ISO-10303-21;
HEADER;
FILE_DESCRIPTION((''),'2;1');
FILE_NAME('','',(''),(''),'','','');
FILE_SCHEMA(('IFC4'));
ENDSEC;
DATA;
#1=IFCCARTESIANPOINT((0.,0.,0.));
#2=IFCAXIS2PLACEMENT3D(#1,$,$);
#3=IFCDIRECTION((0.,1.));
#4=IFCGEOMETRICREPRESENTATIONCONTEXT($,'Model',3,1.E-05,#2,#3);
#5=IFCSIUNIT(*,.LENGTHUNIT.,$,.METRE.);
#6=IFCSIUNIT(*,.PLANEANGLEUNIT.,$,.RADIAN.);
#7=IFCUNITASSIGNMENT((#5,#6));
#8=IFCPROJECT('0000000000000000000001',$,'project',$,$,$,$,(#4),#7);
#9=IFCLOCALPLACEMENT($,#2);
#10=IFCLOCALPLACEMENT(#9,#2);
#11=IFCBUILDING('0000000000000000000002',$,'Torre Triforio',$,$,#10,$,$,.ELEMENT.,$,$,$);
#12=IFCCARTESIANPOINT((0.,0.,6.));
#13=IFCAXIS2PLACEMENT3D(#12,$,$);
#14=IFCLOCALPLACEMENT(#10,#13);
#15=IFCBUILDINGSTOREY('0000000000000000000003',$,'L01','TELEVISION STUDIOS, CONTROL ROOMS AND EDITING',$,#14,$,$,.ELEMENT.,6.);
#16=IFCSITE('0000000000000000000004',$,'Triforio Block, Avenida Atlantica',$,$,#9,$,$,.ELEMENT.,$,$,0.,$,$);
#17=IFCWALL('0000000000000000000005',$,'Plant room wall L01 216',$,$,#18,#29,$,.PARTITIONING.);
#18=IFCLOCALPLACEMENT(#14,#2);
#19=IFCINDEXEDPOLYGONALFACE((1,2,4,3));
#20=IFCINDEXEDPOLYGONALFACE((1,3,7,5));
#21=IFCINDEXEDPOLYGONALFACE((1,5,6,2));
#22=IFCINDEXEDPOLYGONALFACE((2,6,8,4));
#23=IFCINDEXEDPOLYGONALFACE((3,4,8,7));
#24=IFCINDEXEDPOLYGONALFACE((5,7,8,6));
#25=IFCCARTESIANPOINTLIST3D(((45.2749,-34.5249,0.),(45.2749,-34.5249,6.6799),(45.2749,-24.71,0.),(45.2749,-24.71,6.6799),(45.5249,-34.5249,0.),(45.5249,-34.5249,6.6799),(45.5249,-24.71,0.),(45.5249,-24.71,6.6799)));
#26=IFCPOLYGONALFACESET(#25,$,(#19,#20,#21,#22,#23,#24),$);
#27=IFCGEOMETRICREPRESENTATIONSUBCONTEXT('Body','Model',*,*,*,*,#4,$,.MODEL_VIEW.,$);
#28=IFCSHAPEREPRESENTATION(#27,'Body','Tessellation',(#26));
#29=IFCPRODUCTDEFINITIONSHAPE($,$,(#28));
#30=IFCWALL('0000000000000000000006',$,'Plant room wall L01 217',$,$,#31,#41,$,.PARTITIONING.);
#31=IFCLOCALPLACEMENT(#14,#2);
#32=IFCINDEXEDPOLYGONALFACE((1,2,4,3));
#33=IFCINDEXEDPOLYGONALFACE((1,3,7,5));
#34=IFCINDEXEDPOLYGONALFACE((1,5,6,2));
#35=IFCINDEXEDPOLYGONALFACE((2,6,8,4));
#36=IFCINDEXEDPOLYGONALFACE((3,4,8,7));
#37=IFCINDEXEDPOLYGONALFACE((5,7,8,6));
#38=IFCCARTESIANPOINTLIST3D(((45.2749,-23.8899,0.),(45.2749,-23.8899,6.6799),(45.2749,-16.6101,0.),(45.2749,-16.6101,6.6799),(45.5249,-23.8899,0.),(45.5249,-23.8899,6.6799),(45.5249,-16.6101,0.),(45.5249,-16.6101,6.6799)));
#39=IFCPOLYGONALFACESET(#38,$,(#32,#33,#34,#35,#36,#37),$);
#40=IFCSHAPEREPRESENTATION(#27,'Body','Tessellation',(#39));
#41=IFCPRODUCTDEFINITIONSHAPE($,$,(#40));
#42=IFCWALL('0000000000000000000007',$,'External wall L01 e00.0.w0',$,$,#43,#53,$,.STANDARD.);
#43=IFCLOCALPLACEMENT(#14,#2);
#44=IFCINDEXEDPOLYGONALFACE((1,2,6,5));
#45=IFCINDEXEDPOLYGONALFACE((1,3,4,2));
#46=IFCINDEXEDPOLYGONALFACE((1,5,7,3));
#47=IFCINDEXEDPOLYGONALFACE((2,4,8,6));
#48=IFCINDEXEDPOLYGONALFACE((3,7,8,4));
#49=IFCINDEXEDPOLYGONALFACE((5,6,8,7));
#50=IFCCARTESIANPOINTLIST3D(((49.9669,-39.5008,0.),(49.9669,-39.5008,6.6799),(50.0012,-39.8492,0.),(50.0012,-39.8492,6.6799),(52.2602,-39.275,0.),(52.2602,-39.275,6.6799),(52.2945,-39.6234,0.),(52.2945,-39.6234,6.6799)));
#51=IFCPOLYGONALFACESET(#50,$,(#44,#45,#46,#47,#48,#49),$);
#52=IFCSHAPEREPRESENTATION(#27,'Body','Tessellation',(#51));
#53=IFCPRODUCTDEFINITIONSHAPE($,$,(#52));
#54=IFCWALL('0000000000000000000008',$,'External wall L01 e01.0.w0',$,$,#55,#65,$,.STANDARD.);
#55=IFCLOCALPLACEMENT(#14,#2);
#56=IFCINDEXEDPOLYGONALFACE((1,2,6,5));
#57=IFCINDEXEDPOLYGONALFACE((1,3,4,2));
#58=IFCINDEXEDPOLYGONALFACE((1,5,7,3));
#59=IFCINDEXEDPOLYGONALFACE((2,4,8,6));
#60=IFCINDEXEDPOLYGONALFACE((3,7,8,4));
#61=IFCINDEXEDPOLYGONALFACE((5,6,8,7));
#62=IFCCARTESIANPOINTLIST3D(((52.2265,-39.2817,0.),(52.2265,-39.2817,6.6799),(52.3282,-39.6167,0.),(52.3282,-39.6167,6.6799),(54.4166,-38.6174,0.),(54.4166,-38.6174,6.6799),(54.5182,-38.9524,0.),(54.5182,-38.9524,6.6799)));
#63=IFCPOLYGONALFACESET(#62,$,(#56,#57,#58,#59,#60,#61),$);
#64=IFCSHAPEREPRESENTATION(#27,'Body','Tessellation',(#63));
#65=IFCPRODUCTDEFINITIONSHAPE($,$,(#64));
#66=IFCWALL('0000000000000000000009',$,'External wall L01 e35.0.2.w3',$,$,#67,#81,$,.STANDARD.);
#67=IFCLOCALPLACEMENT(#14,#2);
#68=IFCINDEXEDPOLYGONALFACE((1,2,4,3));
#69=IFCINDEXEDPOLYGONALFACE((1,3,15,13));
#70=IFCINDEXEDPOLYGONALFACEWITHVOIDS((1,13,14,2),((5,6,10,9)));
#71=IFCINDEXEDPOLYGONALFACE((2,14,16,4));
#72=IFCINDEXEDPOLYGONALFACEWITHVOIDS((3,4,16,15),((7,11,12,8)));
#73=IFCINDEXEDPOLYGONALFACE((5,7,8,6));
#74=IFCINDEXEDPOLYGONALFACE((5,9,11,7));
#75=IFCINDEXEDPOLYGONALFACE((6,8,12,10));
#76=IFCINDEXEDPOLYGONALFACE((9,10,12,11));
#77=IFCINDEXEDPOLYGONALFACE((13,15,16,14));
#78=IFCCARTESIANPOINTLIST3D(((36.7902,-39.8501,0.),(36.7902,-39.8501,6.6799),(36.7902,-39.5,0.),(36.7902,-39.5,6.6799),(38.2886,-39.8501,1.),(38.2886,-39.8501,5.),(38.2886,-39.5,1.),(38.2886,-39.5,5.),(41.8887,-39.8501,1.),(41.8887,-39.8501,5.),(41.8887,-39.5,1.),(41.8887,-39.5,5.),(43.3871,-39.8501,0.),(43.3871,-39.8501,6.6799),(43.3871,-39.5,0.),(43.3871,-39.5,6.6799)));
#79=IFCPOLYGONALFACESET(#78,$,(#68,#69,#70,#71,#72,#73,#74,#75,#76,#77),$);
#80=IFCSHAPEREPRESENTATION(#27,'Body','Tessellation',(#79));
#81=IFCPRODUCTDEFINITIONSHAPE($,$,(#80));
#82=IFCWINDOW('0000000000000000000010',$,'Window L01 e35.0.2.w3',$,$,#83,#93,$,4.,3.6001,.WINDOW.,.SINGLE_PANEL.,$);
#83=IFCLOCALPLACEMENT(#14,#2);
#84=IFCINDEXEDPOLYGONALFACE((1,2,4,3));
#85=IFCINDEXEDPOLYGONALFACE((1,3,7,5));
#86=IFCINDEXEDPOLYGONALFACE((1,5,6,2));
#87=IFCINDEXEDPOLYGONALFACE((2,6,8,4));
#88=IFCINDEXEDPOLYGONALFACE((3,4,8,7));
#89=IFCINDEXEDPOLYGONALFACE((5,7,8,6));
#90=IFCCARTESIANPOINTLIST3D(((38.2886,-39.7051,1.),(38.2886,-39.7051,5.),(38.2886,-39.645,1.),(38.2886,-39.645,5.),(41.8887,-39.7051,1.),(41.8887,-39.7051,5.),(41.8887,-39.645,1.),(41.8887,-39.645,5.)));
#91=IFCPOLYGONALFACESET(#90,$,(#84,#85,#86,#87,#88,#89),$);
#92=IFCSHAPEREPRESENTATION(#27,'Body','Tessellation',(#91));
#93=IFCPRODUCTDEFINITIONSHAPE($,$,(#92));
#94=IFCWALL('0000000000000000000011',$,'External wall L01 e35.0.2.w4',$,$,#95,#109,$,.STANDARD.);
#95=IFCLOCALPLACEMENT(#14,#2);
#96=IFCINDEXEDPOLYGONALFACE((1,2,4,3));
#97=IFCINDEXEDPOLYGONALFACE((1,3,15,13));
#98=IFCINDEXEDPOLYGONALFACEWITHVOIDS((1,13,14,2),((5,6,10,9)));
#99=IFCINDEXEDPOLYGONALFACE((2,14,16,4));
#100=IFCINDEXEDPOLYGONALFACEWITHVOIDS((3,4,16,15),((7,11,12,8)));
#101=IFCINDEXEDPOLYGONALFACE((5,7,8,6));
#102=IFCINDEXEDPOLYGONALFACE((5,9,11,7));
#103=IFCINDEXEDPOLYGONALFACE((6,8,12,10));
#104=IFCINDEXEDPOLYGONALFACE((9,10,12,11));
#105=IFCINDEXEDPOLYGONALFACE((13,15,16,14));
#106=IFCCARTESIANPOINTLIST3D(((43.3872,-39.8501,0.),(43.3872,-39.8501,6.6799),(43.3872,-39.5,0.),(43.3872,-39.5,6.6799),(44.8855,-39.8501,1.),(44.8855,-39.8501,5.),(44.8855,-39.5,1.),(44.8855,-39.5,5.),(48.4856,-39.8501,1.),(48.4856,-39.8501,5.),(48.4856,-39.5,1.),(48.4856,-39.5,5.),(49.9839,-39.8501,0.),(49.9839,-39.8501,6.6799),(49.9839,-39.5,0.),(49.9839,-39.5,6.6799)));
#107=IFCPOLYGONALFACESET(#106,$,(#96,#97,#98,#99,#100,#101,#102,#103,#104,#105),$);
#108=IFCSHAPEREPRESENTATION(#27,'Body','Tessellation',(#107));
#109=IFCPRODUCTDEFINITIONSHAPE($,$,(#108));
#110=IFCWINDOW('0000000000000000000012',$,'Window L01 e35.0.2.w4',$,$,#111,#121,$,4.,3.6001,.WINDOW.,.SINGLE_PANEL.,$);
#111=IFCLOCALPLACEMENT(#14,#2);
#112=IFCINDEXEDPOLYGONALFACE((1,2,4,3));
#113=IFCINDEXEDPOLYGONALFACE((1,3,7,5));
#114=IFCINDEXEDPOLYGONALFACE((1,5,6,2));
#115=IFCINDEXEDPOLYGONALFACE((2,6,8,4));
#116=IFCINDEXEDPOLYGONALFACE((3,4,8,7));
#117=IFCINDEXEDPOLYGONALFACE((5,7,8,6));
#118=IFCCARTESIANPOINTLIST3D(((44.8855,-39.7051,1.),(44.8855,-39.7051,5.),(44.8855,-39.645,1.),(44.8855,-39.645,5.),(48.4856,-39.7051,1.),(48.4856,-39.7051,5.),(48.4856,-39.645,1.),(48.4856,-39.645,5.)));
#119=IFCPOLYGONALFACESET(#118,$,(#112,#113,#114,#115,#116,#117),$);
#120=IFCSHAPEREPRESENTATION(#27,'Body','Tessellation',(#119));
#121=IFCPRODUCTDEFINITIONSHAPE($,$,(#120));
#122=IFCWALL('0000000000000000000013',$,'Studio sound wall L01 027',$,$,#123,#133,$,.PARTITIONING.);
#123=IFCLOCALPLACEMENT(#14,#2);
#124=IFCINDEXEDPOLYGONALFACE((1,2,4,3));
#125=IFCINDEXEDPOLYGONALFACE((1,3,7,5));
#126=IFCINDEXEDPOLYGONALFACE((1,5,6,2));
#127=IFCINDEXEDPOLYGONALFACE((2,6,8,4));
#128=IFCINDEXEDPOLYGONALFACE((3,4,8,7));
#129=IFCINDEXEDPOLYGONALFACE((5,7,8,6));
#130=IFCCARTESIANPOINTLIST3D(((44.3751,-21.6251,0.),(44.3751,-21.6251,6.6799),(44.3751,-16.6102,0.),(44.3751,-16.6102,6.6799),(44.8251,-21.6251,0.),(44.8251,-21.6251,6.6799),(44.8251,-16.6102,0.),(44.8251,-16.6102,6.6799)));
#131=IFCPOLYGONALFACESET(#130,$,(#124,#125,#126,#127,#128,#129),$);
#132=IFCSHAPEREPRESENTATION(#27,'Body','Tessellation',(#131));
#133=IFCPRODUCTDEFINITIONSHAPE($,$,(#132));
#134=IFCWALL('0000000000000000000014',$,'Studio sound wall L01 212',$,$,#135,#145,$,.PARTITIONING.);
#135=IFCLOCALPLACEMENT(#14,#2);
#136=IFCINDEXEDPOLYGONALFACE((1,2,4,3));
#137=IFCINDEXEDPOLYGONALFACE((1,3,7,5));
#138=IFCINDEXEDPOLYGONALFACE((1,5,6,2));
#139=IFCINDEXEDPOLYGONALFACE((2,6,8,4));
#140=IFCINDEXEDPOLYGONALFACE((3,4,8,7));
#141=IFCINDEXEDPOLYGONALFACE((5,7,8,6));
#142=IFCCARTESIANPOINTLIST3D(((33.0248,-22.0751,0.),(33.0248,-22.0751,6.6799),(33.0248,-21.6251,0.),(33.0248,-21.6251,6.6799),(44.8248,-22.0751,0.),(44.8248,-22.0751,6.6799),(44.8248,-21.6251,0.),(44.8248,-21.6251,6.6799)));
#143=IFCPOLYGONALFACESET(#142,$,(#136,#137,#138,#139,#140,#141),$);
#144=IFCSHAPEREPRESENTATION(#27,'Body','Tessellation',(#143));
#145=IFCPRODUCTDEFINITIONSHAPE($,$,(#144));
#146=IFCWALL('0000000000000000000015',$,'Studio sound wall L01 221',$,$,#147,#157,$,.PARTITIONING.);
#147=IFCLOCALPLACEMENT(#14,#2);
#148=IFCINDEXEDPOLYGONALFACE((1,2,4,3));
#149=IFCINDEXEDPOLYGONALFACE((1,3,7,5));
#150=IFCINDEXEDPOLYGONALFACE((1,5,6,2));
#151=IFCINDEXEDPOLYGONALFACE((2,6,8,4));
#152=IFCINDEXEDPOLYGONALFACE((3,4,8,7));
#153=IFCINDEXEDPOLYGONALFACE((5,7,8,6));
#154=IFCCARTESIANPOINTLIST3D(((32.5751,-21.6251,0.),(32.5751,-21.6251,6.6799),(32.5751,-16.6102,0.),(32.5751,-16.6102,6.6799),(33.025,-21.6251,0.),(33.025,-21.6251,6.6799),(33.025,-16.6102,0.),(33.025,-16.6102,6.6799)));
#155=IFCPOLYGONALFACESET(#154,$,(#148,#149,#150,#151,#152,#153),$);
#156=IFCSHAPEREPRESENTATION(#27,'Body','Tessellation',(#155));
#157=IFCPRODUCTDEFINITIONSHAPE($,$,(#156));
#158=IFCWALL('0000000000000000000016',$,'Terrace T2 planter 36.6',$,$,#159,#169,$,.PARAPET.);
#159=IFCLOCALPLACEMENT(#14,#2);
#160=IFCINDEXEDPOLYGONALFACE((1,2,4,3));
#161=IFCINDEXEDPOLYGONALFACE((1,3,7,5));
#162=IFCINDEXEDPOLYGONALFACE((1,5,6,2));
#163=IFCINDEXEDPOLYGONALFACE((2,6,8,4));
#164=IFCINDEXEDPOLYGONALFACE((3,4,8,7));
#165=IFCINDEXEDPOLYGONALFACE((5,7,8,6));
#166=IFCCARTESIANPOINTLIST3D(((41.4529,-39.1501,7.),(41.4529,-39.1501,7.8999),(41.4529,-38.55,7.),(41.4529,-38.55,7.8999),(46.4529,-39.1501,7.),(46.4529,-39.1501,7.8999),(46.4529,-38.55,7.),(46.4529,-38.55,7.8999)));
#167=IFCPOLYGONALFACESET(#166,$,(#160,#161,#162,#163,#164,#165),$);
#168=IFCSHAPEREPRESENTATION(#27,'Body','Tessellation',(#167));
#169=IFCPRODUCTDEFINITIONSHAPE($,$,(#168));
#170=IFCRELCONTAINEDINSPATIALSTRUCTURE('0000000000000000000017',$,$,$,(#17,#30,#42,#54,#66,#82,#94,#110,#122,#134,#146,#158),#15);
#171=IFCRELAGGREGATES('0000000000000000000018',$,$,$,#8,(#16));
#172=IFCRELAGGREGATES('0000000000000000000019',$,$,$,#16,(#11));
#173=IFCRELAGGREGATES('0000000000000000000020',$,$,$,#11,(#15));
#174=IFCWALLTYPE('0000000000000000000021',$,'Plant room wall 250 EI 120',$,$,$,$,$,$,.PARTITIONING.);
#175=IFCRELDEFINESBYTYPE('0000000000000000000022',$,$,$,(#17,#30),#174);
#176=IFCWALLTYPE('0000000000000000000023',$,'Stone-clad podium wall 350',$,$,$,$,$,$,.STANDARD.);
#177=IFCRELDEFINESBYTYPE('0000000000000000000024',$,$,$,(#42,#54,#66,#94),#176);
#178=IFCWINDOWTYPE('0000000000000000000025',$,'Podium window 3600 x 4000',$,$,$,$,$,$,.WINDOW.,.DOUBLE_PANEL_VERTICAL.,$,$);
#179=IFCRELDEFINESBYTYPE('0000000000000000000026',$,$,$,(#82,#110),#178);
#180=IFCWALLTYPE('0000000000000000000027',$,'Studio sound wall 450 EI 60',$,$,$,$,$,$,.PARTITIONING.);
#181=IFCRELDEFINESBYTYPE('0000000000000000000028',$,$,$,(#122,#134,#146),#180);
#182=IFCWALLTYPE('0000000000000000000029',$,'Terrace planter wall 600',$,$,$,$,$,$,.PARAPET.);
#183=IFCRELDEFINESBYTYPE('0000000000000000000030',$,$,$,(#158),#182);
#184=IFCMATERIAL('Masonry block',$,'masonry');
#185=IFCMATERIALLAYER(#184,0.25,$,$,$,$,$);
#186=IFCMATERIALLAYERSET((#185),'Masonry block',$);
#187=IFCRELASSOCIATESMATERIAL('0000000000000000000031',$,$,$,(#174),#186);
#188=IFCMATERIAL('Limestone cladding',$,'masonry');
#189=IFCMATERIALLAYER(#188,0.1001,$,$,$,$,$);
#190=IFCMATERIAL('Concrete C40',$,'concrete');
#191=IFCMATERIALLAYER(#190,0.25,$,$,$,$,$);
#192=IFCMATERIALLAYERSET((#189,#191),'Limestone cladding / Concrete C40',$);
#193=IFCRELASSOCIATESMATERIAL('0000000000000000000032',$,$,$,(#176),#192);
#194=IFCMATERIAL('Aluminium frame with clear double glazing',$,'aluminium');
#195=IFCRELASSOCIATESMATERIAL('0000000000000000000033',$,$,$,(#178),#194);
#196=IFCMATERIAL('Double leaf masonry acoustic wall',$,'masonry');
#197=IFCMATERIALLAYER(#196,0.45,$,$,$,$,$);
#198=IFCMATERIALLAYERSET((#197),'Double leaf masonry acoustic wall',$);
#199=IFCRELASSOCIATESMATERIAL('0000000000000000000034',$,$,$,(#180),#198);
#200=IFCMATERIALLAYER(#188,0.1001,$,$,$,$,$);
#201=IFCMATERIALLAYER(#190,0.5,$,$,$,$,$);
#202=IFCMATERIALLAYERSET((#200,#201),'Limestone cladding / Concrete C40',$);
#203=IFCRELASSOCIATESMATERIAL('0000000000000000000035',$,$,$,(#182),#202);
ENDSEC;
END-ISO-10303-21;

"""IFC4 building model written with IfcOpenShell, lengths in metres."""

from ifc_helpers import new_model, si_unit, direction, frame, frame_2d, origin, place, context, subcontext, project, spatial, rectangle, extrude, material, layer, layer_set, type_object, element, fill, save


model = new_model("IFC4")

# Units and contexts
model_context = context("Model", 3, precision=1e-05, world=origin(), true_north=direction((0.0, 1.0)))
body_context = subcontext(model_context, "Body", "Model", "MODEL_VIEW")
ifc_project = project(units=[si_unit("LENGTHUNIT", "METRE"), si_unit("PLANEANGLEUNIT", "RADIAN")], contexts=[model_context])

# Site, building, storey
site_placement = place(None, origin())
site = spatial("IfcSite", under=ifc_project, at=site_placement, Name="Triforio Block, Avenida Atlantica", CompositionType="ELEMENT", RefElevation=0.0)
building_placement = place(site_placement, origin())
building = spatial("IfcBuilding", under=site, at=building_placement, Name="Torre Triforio", CompositionType="ELEMENT")
storey_placement = place(building_placement, frame((0.0, 0.0, 6.0)))
storey = spatial("IfcBuildingStorey", under=building, at=storey_placement, Name="L01", Description="TELEVISION STUDIOS, CONTROL ROOMS AND EDITING", CompositionType="ELEMENT", Elevation=6.0)

# Walls
ifc_material_1 = material(Name="Masonry block", Category="masonry")
ifc_layer_1 = layer(ifc_material_1, 0.25)
ifc_layer_set_1 = layer_set([ifc_layer_1], Name="Masonry block")
wall_type_1 = type_object("IfcWallType", Name="Plant room wall 250 EI 120", PredefinedType="PARTITIONING", material=ifc_layer_set_1)
wall_1_placement = place(storey_placement, frame((45.3999, -34.5249, 0.0), z_axis=(0.0, 0.0, 1.0), x_axis=(0.0, 1.0, 0.0)))
element("IfcWall", 1, at=wall_1_placement, inside=storey, type_object=wall_type_1, Name="Plant room wall L01 216", PredefinedType="PARTITIONING", context=body_context, shape_type="SweptSolid", body=[
    extrude(rectangle(XDim=9.8149, YDim=0.25, at=frame_2d((4.9075, 0.0))), origin(), (0.0, 0.0, 1.0), 6.6799),
])
wall_2_placement = place(storey_placement, frame((45.3999, -23.8899, 0.0), z_axis=(0.0, 0.0, 1.0), x_axis=(0.0, 1.0, 0.0)))
element("IfcWall", 2, at=wall_2_placement, inside=storey, type_object=wall_type_1, Name="Plant room wall L01 217", PredefinedType="PARTITIONING", context=body_context, shape_type="SweptSolid", body=[
    extrude(rectangle(XDim=7.2798, YDim=0.25, at=frame_2d((3.6399, 0.0))), origin(), (0.0, 0.0, 1.0), 6.6799),
])
ifc_material_2 = material(Name="Limestone cladding", Category="masonry")
ifc_layer_2 = layer(ifc_material_2, 0.1001)
ifc_material_3 = material(Name="Concrete C40", Category="concrete")
ifc_layer_3 = layer(ifc_material_3, 0.25)
ifc_layer_set_2 = layer_set([ifc_layer_2, ifc_layer_3], Name="Limestone cladding / Concrete C40")
wall_type_2 = type_object("IfcWallType", Name="Stone-clad podium wall 350", PredefinedType="STANDARD", material=ifc_layer_set_2)
wall_3_placement = place(storey_placement, frame((49.9839, -39.675, 0.0), z_axis=(0.0, 0.0, 1.0), x_axis=(0.995187, 0.097993, 0.0)))
element("IfcWall", 3, at=wall_3_placement, inside=storey, type_object=wall_type_2, Name="External wall L01 e00.0.w0", PredefinedType="STANDARD", context=body_context, shape_type="SweptSolid", body=[
    extrude(rectangle(XDim=2.3044, YDim=0.3501, at=frame_2d((1.1523, 0.0))), origin(), (0.0, 0.0, 1.0), 6.6799),
])
wall_4_placement = place(storey_placement, frame((52.2773, -39.4492, 0.0), z_axis=(0.0, 0.0, 1.0), x_axis=(0.956941, 0.290283, 0.0)))
element("IfcWall", 4, at=wall_4_placement, inside=storey, type_object=wall_type_2, Name="External wall L01 e01.0.w0", PredefinedType="STANDARD", context=body_context, shape_type="SweptSolid", body=[
    extrude(rectangle(XDim=2.2886, YDim=0.3501, at=frame_2d((1.1443, 0.0))), origin(), (0.0, 0.0, 1.0), 6.6799),
])

# Walls, openings, windows
wall_5_placement = place(storey_placement, frame((36.7903, -39.675, 0.0), z_axis=(0.0, 0.0, 1.0), x_axis=(1.0, 0.0, 0.0)))
wall_5 = element("IfcWall", 5, at=wall_5_placement, inside=storey, type_object=wall_type_2, Name="External wall L01 e35.0.2.w3", PredefinedType="STANDARD", context=body_context, shape_type="SweptSolid", body=[
    extrude(rectangle(XDim=6.5969, YDim=0.3501, at=frame_2d((3.2983, 0.0))), origin(), (0.0, 0.0, 1.0), 6.6799),
])
opening_1_placement = place(wall_5_placement, frame((1.4983, 0.0, 1.0)))
opening_1 = element("IfcOpeningElement", 6, at=opening_1_placement, cuts=wall_5, PredefinedType="OPENING", context=body_context, shape_type="SweptSolid", body=[
    extrude(rectangle(XDim=3.6001, YDim=4.0, at=frame_2d((1.8, 2.0))), frame((0.0, 0.1851, 0.0), z_axis=(0.0, -1.0, 0.0), x_axis=(1.0, 0.0, 0.0)), (0.0, 0.0, 1.0), 0.3701),
])
ifc_material_4 = material(Name="Aluminium frame with clear double glazing", Category="aluminium")
window_type = type_object("IfcWindowType", Name="Podium window 3600 x 4000", PartitioningType="DOUBLE_PANEL_VERTICAL", PredefinedType="WINDOW", material=ifc_material_4)
window_1_placement = place(opening_1_placement, origin())
window_1 = element("IfcWindow", 7, at=window_1_placement, inside=storey, type_object=window_type, Name="Window L01 e35.0.2.w3", OverallHeight=4.0, OverallWidth=3.6001, PartitioningType="SINGLE_PANEL", PredefinedType="WINDOW", context=body_context, shape_type="SweptSolid", body=[
    extrude(rectangle(XDim=3.6001, YDim=4.0, at=frame_2d((1.8, 2.0))), frame((0.0, 0.03, 0.0), z_axis=(0.0, -1.0, 0.0), x_axis=(1.0, 0.0, 0.0)), (0.0, 0.0, 1.0), 0.0601),
])
fill(opening_1, window_1)
wall_6_placement = place(storey_placement, frame((43.3872, -39.675, 0.0), z_axis=(0.0, 0.0, 1.0), x_axis=(1.0, 0.0, 0.0)))
wall_6 = element("IfcWall", 8, at=wall_6_placement, inside=storey, type_object=wall_type_2, Name="External wall L01 e35.0.2.w4", PredefinedType="STANDARD", context=body_context, shape_type="SweptSolid", body=[
    extrude(rectangle(XDim=6.5967, YDim=0.3501, at=frame_2d((3.2983, 0.0))), origin(), (0.0, 0.0, 1.0), 6.6799),
])
opening_2_placement = place(wall_6_placement, frame((1.4983, 0.0, 1.0)))
opening_2 = element("IfcOpeningElement", 9, at=opening_2_placement, cuts=wall_6, PredefinedType="OPENING", context=body_context, shape_type="SweptSolid", body=[
    extrude(rectangle(XDim=3.6001, YDim=4.0, at=frame_2d((1.8, 2.0))), frame((0.0, 0.1851, 0.0), z_axis=(0.0, -1.0, 0.0), x_axis=(1.0, 0.0, 0.0)), (0.0, 0.0, 1.0), 0.3701),
])
window_2_placement = place(opening_2_placement, origin())
window_2 = element("IfcWindow", 10, at=window_2_placement, inside=storey, type_object=window_type, Name="Window L01 e35.0.2.w4", OverallHeight=4.0, OverallWidth=3.6001, PartitioningType="SINGLE_PANEL", PredefinedType="WINDOW", context=body_context, shape_type="SweptSolid", body=[
    extrude(rectangle(XDim=3.6001, YDim=4.0, at=frame_2d((1.8, 2.0))), frame((0.0, 0.03, 0.0), z_axis=(0.0, -1.0, 0.0), x_axis=(1.0, 0.0, 0.0)), (0.0, 0.0, 1.0), 0.0601),
])
fill(opening_2, window_2)

# Walls
ifc_material_5 = material(Name="Double leaf masonry acoustic wall", Category="masonry")
ifc_layer_4 = layer(ifc_material_5, 0.45)
ifc_layer_set_3 = layer_set([ifc_layer_4], Name="Double leaf masonry acoustic wall")
wall_type_3 = type_object("IfcWallType", Name="Studio sound wall 450 EI 60", PredefinedType="PARTITIONING", material=ifc_layer_set_3)
wall_7_placement = place(storey_placement, frame((44.6001, -21.625, 0.0), z_axis=(0.0, 0.0, 1.0), x_axis=(0.0, 1.0, 0.0)))
element("IfcWall", 11, at=wall_7_placement, inside=storey, type_object=wall_type_3, Name="Studio sound wall L01 027", PredefinedType="PARTITIONING", context=body_context, shape_type="SweptSolid", body=[
    extrude(rectangle(XDim=5.0149, YDim=0.45, at=frame_2d((2.5073, 0.0))), origin(), (0.0, 0.0, 1.0), 6.6799),
])
wall_8_placement = place(storey_placement, frame((33.0249, -21.8501, 0.0), z_axis=(0.0, 0.0, 1.0), x_axis=(1.0, 0.0, 0.0)))
element("IfcWall", 12, at=wall_8_placement, inside=storey, type_object=wall_type_3, Name="Studio sound wall L01 212", PredefinedType="PARTITIONING", context=body_context, shape_type="SweptSolid", body=[
    extrude(rectangle(XDim=11.8, YDim=0.45, at=frame_2d((5.8999, 0.0))), origin(), (0.0, 0.0, 1.0), 6.6799),
])
wall_9_placement = place(storey_placement, frame((32.8, -21.625, 0.0), z_axis=(0.0, 0.0, 1.0), x_axis=(0.0, 1.0, 0.0)))
element("IfcWall", 13, at=wall_9_placement, inside=storey, type_object=wall_type_3, Name="Studio sound wall L01 221", PredefinedType="PARTITIONING", context=body_context, shape_type="SweptSolid", body=[
    extrude(rectangle(XDim=5.0149, YDim=0.45, at=frame_2d((2.5073, 0.0))), origin(), (0.0, 0.0, 1.0), 6.6799),
])
ifc_layer_5 = layer(ifc_material_2, 0.1001)
ifc_layer_6 = layer(ifc_material_3, 0.5)
ifc_layer_set_4 = layer_set([ifc_layer_5, ifc_layer_6], Name="Limestone cladding / Concrete C40")
wall_type_4 = type_object("IfcWallType", Name="Terrace planter wall 600", PredefinedType="PARAPET", material=ifc_layer_set_4)
wall_10_placement = place(storey_placement, frame((41.4529, -38.8501, 7.0), z_axis=(0.0, 0.0, 1.0), x_axis=(1.0, 0.0, 0.0)))
element("IfcWall", 14, at=wall_10_placement, inside=storey, type_object=wall_type_4, Name="Terrace T2 planter 36.6", PredefinedType="PARAPET", context=body_context, shape_type="SweptSolid", body=[
    extrude(rectangle(XDim=5.0, YDim=0.6001, at=frame_2d((2.5, 0.0))), origin(), (0.0, 0.0, 1.0), 0.8999),
])

save(model, "model.ifc")
